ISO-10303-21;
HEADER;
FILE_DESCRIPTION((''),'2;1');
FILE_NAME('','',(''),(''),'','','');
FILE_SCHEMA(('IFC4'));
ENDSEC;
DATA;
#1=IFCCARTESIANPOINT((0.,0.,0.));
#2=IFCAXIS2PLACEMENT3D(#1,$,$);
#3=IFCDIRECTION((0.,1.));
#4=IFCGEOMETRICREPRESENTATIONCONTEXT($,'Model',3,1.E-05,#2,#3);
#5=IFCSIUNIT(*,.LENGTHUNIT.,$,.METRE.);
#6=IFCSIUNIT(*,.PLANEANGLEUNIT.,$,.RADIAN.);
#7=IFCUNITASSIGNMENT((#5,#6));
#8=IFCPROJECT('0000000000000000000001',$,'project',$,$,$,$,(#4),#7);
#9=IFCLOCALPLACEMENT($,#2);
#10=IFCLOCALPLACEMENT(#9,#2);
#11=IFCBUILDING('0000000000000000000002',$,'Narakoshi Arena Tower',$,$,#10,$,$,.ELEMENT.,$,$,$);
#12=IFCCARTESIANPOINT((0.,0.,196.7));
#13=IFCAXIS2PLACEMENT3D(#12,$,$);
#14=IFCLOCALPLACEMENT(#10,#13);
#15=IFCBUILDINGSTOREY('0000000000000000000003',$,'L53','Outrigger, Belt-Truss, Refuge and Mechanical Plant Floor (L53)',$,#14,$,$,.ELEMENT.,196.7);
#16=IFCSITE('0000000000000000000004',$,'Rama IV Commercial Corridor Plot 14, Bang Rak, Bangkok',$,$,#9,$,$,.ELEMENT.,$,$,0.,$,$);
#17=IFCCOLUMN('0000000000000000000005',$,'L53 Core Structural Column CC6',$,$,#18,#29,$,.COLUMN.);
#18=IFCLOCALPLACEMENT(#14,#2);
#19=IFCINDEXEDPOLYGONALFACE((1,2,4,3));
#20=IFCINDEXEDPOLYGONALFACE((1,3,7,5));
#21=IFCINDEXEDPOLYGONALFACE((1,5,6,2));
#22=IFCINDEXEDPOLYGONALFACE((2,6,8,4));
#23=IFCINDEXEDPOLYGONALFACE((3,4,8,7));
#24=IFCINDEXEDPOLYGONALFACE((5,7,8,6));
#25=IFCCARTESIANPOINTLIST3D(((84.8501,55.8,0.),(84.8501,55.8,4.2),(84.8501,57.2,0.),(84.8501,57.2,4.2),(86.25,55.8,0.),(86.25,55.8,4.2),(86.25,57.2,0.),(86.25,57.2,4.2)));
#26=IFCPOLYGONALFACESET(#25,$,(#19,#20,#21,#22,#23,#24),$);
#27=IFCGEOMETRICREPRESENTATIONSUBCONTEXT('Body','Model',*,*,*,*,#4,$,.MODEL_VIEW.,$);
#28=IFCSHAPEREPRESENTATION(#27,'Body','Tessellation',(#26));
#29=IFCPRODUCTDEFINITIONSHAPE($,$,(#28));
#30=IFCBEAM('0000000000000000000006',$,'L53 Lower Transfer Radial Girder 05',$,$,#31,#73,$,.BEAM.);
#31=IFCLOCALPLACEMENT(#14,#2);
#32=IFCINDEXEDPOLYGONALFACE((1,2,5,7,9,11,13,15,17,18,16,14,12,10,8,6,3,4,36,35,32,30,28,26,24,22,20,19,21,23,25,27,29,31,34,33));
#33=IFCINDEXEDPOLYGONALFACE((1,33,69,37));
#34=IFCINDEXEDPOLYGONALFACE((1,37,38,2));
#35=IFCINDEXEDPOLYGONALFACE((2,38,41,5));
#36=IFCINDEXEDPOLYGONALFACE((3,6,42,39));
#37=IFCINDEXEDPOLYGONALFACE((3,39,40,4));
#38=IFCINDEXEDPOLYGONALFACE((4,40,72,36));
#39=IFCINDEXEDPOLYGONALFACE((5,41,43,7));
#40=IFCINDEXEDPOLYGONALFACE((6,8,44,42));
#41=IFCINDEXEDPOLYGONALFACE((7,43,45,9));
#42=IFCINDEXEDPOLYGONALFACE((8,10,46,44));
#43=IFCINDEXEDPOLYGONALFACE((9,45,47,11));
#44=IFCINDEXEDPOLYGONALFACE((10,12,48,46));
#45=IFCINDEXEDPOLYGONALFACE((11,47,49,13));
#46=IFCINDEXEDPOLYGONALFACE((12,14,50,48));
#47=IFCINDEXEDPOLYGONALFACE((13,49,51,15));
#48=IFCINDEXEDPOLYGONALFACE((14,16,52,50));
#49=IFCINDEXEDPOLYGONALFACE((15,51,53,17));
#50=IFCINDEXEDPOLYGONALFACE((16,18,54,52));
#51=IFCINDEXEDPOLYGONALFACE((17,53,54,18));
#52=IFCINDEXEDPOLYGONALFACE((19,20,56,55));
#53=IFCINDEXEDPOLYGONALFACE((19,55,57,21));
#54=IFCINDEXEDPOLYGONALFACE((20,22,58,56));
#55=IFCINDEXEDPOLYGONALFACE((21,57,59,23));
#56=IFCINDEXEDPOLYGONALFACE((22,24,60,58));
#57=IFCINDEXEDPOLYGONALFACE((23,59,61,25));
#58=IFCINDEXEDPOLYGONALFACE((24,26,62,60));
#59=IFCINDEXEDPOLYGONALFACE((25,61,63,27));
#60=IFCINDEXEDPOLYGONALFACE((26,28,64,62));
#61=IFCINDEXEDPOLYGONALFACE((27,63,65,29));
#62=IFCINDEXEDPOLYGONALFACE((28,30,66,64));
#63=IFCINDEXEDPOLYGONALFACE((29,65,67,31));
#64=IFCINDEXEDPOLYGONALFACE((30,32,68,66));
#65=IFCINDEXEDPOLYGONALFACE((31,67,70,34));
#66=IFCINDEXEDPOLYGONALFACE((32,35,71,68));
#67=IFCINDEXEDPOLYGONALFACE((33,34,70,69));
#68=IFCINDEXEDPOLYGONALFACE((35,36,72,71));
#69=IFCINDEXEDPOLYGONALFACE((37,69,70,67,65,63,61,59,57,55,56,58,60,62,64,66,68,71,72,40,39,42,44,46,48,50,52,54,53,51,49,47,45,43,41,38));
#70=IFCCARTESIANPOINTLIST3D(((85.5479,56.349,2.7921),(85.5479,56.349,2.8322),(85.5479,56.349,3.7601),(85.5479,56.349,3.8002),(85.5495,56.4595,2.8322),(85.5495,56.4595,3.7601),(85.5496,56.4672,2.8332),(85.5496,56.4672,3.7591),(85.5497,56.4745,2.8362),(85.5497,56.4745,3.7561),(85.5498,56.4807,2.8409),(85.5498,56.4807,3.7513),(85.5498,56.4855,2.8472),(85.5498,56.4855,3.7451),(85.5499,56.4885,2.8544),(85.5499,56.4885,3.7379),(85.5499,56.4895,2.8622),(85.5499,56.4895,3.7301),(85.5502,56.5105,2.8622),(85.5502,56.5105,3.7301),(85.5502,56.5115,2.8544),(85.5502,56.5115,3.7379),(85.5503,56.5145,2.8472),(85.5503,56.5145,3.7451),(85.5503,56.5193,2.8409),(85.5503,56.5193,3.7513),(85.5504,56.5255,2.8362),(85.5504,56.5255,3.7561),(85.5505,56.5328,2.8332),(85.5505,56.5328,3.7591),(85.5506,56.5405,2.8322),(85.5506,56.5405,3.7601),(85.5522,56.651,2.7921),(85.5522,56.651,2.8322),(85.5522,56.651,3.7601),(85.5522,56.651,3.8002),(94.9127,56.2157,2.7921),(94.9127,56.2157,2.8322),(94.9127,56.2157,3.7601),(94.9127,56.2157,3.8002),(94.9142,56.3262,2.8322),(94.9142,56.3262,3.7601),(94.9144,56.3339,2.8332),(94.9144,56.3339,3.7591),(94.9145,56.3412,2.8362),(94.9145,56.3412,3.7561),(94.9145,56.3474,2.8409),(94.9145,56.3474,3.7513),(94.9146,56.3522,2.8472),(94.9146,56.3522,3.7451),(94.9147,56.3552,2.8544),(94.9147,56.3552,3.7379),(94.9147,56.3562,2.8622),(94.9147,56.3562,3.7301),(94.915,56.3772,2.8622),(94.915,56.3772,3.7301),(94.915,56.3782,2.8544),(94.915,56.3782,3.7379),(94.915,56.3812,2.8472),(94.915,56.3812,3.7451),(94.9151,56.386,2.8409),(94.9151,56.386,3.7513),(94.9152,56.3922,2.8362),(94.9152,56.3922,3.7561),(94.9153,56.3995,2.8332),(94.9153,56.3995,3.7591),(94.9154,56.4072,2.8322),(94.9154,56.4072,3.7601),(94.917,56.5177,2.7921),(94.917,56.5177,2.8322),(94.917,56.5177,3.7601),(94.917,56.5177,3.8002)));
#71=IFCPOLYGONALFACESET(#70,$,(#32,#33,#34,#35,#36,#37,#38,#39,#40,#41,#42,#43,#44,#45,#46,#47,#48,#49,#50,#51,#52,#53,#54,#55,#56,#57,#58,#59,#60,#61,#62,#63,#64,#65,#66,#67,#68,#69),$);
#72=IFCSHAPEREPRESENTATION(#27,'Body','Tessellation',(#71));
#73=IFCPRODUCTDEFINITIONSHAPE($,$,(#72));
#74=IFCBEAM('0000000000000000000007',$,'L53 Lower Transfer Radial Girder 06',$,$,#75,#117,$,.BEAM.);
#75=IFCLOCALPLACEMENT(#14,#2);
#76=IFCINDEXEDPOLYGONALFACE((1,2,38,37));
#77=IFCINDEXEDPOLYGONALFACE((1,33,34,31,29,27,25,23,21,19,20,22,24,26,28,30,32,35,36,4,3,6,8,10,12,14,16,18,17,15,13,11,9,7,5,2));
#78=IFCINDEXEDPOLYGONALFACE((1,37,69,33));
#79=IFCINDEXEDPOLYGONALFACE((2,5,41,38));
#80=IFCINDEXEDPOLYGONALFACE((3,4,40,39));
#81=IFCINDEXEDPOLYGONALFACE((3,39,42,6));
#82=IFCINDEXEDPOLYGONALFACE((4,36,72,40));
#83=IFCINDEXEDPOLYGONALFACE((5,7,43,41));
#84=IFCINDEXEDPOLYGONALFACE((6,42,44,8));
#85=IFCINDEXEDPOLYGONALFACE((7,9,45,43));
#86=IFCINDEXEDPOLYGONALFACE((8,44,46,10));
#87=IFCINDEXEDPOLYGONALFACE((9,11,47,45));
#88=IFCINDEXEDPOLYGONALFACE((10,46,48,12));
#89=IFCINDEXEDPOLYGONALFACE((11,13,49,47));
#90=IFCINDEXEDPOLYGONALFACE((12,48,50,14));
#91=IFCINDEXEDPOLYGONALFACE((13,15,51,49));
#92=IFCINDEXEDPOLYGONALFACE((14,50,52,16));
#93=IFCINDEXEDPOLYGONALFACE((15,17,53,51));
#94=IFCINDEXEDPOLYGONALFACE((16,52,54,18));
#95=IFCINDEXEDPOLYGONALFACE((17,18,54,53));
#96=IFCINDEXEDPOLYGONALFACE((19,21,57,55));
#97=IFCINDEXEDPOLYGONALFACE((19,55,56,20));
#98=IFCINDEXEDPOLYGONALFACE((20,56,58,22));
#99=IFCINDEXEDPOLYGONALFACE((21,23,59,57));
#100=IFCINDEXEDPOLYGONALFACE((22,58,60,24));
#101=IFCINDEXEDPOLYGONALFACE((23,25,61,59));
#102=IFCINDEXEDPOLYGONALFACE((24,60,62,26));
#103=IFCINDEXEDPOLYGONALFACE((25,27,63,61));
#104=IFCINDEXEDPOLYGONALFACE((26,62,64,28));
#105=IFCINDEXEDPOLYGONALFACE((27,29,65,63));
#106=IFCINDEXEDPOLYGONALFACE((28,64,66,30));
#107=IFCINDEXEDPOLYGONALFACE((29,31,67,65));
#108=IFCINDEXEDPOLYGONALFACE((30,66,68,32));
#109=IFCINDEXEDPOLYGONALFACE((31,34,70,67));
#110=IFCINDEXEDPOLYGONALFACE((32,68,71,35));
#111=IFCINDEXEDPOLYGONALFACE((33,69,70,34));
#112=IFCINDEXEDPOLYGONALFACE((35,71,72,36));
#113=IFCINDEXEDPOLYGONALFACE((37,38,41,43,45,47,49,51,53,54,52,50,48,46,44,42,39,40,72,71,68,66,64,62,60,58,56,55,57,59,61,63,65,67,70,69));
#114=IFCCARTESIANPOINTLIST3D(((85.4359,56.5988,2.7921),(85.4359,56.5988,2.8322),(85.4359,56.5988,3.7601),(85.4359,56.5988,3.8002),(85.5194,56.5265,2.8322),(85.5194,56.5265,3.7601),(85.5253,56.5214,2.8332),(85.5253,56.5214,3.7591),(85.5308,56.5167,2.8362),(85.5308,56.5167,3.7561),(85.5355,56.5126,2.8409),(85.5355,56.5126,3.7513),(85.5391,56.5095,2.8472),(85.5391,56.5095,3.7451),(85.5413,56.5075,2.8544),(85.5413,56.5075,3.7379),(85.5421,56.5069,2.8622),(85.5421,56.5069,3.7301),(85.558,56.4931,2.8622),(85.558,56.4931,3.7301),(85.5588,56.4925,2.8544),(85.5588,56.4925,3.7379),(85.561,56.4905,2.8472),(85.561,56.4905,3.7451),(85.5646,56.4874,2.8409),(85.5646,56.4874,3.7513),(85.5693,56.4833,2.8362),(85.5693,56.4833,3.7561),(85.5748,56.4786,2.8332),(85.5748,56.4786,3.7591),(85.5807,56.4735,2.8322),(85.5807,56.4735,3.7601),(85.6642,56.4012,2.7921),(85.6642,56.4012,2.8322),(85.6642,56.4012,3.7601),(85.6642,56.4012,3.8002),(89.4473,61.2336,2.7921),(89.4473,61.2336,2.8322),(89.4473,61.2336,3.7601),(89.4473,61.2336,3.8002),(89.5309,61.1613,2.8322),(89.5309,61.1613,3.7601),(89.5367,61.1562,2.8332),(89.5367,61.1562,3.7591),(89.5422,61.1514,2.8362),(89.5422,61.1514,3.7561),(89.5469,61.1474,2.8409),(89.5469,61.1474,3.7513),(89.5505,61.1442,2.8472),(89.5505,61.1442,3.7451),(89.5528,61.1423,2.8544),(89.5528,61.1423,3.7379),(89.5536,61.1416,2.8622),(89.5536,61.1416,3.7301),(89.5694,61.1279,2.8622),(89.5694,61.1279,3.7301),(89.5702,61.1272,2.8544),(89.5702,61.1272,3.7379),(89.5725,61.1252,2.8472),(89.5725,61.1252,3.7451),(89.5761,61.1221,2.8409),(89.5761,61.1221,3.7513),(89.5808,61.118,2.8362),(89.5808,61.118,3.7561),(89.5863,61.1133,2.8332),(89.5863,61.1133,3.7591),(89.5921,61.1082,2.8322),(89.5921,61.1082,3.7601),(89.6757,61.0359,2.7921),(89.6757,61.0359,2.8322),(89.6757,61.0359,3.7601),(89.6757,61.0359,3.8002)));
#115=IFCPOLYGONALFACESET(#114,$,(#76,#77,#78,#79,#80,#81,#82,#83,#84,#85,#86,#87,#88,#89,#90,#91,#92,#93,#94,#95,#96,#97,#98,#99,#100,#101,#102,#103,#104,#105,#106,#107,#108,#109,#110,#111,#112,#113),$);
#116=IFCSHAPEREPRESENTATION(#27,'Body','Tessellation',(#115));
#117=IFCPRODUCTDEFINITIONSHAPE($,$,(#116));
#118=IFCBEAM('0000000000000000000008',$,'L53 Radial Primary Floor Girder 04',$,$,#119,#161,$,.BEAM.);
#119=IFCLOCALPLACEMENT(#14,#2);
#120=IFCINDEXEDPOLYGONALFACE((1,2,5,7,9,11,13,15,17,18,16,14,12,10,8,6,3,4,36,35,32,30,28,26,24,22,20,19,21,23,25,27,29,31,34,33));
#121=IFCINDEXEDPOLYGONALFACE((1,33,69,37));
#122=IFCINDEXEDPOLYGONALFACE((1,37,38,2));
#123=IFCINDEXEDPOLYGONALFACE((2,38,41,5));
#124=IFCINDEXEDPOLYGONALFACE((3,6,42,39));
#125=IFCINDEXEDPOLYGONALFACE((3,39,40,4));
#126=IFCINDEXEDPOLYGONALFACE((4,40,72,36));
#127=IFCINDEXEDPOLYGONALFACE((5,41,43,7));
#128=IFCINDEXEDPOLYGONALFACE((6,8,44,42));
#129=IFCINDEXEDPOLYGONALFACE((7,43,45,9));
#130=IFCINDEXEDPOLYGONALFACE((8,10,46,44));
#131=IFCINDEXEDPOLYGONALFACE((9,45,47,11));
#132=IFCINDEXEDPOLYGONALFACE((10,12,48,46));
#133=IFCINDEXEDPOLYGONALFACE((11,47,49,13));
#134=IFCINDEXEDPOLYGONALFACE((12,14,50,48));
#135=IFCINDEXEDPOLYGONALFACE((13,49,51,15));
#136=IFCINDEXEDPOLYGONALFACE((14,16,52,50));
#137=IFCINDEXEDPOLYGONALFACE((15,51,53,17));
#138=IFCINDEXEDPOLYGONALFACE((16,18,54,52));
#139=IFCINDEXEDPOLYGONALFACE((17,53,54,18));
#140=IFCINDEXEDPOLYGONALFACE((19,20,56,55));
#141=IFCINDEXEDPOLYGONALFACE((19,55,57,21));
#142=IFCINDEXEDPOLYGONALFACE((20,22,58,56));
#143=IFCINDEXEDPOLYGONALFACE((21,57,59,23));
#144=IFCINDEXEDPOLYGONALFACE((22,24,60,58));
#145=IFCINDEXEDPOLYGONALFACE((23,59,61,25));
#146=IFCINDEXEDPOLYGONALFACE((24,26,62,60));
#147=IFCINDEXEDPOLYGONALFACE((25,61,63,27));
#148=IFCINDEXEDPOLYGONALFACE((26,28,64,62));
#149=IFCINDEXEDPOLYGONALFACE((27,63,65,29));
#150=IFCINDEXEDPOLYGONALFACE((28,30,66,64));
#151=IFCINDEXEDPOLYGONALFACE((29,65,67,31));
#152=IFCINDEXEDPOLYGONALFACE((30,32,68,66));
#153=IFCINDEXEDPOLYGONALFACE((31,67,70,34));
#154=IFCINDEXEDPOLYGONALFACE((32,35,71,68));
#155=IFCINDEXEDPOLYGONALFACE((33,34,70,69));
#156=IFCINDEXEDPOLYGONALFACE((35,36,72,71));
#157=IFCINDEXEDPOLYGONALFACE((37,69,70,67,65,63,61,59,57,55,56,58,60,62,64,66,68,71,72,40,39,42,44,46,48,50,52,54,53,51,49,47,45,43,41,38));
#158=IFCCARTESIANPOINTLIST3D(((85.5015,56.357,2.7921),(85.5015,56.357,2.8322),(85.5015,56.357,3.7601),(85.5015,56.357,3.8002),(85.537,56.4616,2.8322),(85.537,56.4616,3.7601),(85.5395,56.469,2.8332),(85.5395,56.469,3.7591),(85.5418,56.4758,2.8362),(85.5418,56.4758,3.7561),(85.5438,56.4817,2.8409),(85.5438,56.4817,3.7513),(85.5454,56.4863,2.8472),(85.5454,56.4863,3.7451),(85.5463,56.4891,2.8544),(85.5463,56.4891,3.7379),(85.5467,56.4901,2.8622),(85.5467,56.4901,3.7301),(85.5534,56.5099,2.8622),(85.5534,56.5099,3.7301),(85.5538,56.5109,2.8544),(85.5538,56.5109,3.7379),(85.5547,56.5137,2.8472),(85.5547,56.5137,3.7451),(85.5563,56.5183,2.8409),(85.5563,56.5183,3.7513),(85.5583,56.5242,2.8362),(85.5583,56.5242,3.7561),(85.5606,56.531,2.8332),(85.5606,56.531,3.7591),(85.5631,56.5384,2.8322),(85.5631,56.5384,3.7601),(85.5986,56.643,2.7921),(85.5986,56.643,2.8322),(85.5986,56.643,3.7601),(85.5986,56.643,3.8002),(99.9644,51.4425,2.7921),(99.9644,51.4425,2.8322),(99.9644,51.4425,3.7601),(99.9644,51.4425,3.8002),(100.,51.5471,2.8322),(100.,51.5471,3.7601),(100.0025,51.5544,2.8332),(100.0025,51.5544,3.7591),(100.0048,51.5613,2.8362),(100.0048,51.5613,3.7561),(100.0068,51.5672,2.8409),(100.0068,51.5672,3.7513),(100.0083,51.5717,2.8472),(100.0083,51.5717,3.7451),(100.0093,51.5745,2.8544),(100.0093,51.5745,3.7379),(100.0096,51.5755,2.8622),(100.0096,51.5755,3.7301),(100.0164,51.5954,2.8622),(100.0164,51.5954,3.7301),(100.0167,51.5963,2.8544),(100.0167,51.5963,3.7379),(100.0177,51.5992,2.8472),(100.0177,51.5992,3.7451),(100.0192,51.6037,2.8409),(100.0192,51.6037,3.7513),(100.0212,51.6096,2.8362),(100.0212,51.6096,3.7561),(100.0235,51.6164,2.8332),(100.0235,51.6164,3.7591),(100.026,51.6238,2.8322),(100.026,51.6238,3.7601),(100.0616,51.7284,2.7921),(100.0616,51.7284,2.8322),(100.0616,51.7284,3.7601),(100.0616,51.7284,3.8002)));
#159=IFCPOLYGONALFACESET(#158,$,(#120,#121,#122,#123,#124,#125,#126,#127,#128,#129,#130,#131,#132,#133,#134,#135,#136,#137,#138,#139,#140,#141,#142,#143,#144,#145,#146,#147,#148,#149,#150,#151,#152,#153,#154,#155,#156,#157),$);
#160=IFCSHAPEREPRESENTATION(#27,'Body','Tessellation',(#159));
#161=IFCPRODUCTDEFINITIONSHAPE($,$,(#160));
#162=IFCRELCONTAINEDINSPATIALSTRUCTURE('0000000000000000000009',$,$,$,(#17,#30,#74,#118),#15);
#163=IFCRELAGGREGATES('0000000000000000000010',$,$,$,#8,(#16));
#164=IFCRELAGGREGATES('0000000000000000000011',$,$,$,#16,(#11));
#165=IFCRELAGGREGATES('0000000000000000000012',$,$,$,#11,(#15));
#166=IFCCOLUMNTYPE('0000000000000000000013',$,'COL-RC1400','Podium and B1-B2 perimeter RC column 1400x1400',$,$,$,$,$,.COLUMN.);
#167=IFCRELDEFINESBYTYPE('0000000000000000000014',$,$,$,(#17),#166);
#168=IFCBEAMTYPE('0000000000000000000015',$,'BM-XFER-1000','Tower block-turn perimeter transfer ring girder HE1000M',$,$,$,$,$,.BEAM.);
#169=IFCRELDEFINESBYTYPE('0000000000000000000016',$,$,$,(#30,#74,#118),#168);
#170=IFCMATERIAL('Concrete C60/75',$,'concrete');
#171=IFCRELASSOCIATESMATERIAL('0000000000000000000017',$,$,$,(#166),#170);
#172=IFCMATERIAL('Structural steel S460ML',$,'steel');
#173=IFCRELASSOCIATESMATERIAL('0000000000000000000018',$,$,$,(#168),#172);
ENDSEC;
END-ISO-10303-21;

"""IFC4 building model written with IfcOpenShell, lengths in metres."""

from ifc_helpers import new_model, si_unit, direction, frame, origin, origin_2d, place, context, subcontext, project, spatial, rectangle, i_section, extrude, material, material_profile, profile_set, type_object, element, save


model = new_model("IFC4")

# Units and contexts
model_context = context("Model", 3, precision=1e-05, world=origin(), true_north=direction((0.0, 1.0)))
body_context = subcontext(model_context, "Body", "Model", "MODEL_VIEW")
ifc_project = project(units=[si_unit("LENGTHUNIT", "METRE"), si_unit("PLANEANGLEUNIT", "RADIAN")], contexts=[model_context])

# Site, building, storey
site_placement = place(None, origin())
site = spatial("IfcSite", under=ifc_project, at=site_placement, Name="Rama IV Commercial Corridor Plot 14, Bang Rak, Bangkok", CompositionType="ELEMENT", RefElevation=0.0)
building_placement = place(site_placement, origin())
building = spatial("IfcBuilding", under=site, at=building_placement, Name="Narakoshi Arena Tower", CompositionType="ELEMENT")
storey_placement = place(building_placement, frame((0.0, 0.0, 196.7)))
storey = spatial("IfcBuildingStorey", under=building, at=storey_placement, Name="L53", Description="Outrigger, Belt-Truss, Refuge and Mechanical Plant Floor (L53)", CompositionType="ELEMENT", Elevation=196.7)

# Column
ifc_material_1 = material(Name="Concrete C60/75", Category="concrete")
ifc_material_profile_1 = material_profile(ifc_material_1, rectangle(XDim=1.3999, YDim=1.3999, at=origin_2d()), Name="RC1400x1400")
ifc_profile_set_1 = profile_set([ifc_material_profile_1], Name="Concrete C60/75")
column_type = type_object("IfcColumnType", Name="COL-RC1400", Description="Podium and B1-B2 perimeter RC column 1400x1400", PredefinedType="COLUMN", material=ifc_profile_set_1)
column_placement = place(storey_placement, frame((85.55, 56.5, 0.0), z_axis=(0.0, 0.0, 1.0), x_axis=(1.0, 0.0, 0.0)))
element("IfcColumn", 1, at=column_placement, inside=storey, type_object=column_type, Name="L53 Core Structural Column CC6", PredefinedType="COLUMN", context=body_context, shape_type="SweptSolid", body=[
    extrude(rectangle(XDim=1.3999, YDim=1.3999, at=origin_2d()), origin(), (0.0, 0.0, 1.0), 4.2),
])

# Beams
ifc_material_2 = material(Name="Structural steel S460ML", Category="steel")
ifc_material_profile_2 = material_profile(ifc_material_2, i_section(OverallWidth=0.302, OverallDepth=1.0081, WebThickness=0.021, FlangeThickness=0.04, FilletRadius=0.03, at=origin_2d()), Name="HE1000M")
ifc_profile_set_2 = profile_set([ifc_material_profile_2], Name="Structural steel S460ML")
beam_type = type_object("IfcBeamType", Name="BM-XFER-1000", Description="Tower block-turn perimeter transfer ring girder HE1000M", PredefinedType="BEAM", material=ifc_profile_set_2)
beam_1_placement = place(storey_placement, frame((85.55, 56.5, 3.2961), z_axis=(0.999899, -0.014233, 0.0), x_axis=(0.014233, 0.999899, 0.0)))
element("IfcBeam", 2, at=beam_1_placement, inside=storey, type_object=beam_type, Name="L53 Lower Transfer Radial Girder 05", PredefinedType="BEAM", context=body_context, shape_type="SweptSolid", body=[
    extrude(i_section(OverallWidth=0.302, OverallDepth=1.0081, WebThickness=0.021, FlangeThickness=0.04, FilletRadius=0.03, at=origin_2d()), origin(), (0.0, 0.0, 1.0), 9.3657),
])
beam_2_placement = place(storey_placement, frame((85.55, 56.5, 3.2961), z_axis=(0.654435, 0.756119, 0.0), x_axis=(-0.756119, 0.654435, 0.0)))
element("IfcBeam", 3, at=beam_2_placement, inside=storey, type_object=beam_type, Name="L53 Lower Transfer Radial Girder 06", PredefinedType="BEAM", context=body_context, shape_type="SweptSolid", body=[
    extrude(i_section(OverallWidth=0.302, OverallDepth=1.0081, WebThickness=0.021, FlangeThickness=0.04, FilletRadius=0.03, at=origin_2d()), origin(), (0.0, 0.0, 1.0), 6.1296),
])
beam_3_placement = place(storey_placement, frame((85.55, 56.5, 3.2961), z_axis=(0.946829, -0.321737, 0.0), x_axis=(0.321737, 0.946829, 0.0)))
element("IfcBeam", 4, at=beam_3_placement, inside=storey, type_object=beam_type, Name="L53 Radial Primary Floor Girder 04", PredefinedType="BEAM", context=body_context, shape_type="SweptSolid", body=[
    extrude(i_section(OverallWidth=0.302, OverallDepth=1.0081, WebThickness=0.021, FlangeThickness=0.04, FilletRadius=0.03, at=origin_2d()), origin(), (0.0, 0.0, 1.0), 15.2751),
])

save(model, "model.ifc")
